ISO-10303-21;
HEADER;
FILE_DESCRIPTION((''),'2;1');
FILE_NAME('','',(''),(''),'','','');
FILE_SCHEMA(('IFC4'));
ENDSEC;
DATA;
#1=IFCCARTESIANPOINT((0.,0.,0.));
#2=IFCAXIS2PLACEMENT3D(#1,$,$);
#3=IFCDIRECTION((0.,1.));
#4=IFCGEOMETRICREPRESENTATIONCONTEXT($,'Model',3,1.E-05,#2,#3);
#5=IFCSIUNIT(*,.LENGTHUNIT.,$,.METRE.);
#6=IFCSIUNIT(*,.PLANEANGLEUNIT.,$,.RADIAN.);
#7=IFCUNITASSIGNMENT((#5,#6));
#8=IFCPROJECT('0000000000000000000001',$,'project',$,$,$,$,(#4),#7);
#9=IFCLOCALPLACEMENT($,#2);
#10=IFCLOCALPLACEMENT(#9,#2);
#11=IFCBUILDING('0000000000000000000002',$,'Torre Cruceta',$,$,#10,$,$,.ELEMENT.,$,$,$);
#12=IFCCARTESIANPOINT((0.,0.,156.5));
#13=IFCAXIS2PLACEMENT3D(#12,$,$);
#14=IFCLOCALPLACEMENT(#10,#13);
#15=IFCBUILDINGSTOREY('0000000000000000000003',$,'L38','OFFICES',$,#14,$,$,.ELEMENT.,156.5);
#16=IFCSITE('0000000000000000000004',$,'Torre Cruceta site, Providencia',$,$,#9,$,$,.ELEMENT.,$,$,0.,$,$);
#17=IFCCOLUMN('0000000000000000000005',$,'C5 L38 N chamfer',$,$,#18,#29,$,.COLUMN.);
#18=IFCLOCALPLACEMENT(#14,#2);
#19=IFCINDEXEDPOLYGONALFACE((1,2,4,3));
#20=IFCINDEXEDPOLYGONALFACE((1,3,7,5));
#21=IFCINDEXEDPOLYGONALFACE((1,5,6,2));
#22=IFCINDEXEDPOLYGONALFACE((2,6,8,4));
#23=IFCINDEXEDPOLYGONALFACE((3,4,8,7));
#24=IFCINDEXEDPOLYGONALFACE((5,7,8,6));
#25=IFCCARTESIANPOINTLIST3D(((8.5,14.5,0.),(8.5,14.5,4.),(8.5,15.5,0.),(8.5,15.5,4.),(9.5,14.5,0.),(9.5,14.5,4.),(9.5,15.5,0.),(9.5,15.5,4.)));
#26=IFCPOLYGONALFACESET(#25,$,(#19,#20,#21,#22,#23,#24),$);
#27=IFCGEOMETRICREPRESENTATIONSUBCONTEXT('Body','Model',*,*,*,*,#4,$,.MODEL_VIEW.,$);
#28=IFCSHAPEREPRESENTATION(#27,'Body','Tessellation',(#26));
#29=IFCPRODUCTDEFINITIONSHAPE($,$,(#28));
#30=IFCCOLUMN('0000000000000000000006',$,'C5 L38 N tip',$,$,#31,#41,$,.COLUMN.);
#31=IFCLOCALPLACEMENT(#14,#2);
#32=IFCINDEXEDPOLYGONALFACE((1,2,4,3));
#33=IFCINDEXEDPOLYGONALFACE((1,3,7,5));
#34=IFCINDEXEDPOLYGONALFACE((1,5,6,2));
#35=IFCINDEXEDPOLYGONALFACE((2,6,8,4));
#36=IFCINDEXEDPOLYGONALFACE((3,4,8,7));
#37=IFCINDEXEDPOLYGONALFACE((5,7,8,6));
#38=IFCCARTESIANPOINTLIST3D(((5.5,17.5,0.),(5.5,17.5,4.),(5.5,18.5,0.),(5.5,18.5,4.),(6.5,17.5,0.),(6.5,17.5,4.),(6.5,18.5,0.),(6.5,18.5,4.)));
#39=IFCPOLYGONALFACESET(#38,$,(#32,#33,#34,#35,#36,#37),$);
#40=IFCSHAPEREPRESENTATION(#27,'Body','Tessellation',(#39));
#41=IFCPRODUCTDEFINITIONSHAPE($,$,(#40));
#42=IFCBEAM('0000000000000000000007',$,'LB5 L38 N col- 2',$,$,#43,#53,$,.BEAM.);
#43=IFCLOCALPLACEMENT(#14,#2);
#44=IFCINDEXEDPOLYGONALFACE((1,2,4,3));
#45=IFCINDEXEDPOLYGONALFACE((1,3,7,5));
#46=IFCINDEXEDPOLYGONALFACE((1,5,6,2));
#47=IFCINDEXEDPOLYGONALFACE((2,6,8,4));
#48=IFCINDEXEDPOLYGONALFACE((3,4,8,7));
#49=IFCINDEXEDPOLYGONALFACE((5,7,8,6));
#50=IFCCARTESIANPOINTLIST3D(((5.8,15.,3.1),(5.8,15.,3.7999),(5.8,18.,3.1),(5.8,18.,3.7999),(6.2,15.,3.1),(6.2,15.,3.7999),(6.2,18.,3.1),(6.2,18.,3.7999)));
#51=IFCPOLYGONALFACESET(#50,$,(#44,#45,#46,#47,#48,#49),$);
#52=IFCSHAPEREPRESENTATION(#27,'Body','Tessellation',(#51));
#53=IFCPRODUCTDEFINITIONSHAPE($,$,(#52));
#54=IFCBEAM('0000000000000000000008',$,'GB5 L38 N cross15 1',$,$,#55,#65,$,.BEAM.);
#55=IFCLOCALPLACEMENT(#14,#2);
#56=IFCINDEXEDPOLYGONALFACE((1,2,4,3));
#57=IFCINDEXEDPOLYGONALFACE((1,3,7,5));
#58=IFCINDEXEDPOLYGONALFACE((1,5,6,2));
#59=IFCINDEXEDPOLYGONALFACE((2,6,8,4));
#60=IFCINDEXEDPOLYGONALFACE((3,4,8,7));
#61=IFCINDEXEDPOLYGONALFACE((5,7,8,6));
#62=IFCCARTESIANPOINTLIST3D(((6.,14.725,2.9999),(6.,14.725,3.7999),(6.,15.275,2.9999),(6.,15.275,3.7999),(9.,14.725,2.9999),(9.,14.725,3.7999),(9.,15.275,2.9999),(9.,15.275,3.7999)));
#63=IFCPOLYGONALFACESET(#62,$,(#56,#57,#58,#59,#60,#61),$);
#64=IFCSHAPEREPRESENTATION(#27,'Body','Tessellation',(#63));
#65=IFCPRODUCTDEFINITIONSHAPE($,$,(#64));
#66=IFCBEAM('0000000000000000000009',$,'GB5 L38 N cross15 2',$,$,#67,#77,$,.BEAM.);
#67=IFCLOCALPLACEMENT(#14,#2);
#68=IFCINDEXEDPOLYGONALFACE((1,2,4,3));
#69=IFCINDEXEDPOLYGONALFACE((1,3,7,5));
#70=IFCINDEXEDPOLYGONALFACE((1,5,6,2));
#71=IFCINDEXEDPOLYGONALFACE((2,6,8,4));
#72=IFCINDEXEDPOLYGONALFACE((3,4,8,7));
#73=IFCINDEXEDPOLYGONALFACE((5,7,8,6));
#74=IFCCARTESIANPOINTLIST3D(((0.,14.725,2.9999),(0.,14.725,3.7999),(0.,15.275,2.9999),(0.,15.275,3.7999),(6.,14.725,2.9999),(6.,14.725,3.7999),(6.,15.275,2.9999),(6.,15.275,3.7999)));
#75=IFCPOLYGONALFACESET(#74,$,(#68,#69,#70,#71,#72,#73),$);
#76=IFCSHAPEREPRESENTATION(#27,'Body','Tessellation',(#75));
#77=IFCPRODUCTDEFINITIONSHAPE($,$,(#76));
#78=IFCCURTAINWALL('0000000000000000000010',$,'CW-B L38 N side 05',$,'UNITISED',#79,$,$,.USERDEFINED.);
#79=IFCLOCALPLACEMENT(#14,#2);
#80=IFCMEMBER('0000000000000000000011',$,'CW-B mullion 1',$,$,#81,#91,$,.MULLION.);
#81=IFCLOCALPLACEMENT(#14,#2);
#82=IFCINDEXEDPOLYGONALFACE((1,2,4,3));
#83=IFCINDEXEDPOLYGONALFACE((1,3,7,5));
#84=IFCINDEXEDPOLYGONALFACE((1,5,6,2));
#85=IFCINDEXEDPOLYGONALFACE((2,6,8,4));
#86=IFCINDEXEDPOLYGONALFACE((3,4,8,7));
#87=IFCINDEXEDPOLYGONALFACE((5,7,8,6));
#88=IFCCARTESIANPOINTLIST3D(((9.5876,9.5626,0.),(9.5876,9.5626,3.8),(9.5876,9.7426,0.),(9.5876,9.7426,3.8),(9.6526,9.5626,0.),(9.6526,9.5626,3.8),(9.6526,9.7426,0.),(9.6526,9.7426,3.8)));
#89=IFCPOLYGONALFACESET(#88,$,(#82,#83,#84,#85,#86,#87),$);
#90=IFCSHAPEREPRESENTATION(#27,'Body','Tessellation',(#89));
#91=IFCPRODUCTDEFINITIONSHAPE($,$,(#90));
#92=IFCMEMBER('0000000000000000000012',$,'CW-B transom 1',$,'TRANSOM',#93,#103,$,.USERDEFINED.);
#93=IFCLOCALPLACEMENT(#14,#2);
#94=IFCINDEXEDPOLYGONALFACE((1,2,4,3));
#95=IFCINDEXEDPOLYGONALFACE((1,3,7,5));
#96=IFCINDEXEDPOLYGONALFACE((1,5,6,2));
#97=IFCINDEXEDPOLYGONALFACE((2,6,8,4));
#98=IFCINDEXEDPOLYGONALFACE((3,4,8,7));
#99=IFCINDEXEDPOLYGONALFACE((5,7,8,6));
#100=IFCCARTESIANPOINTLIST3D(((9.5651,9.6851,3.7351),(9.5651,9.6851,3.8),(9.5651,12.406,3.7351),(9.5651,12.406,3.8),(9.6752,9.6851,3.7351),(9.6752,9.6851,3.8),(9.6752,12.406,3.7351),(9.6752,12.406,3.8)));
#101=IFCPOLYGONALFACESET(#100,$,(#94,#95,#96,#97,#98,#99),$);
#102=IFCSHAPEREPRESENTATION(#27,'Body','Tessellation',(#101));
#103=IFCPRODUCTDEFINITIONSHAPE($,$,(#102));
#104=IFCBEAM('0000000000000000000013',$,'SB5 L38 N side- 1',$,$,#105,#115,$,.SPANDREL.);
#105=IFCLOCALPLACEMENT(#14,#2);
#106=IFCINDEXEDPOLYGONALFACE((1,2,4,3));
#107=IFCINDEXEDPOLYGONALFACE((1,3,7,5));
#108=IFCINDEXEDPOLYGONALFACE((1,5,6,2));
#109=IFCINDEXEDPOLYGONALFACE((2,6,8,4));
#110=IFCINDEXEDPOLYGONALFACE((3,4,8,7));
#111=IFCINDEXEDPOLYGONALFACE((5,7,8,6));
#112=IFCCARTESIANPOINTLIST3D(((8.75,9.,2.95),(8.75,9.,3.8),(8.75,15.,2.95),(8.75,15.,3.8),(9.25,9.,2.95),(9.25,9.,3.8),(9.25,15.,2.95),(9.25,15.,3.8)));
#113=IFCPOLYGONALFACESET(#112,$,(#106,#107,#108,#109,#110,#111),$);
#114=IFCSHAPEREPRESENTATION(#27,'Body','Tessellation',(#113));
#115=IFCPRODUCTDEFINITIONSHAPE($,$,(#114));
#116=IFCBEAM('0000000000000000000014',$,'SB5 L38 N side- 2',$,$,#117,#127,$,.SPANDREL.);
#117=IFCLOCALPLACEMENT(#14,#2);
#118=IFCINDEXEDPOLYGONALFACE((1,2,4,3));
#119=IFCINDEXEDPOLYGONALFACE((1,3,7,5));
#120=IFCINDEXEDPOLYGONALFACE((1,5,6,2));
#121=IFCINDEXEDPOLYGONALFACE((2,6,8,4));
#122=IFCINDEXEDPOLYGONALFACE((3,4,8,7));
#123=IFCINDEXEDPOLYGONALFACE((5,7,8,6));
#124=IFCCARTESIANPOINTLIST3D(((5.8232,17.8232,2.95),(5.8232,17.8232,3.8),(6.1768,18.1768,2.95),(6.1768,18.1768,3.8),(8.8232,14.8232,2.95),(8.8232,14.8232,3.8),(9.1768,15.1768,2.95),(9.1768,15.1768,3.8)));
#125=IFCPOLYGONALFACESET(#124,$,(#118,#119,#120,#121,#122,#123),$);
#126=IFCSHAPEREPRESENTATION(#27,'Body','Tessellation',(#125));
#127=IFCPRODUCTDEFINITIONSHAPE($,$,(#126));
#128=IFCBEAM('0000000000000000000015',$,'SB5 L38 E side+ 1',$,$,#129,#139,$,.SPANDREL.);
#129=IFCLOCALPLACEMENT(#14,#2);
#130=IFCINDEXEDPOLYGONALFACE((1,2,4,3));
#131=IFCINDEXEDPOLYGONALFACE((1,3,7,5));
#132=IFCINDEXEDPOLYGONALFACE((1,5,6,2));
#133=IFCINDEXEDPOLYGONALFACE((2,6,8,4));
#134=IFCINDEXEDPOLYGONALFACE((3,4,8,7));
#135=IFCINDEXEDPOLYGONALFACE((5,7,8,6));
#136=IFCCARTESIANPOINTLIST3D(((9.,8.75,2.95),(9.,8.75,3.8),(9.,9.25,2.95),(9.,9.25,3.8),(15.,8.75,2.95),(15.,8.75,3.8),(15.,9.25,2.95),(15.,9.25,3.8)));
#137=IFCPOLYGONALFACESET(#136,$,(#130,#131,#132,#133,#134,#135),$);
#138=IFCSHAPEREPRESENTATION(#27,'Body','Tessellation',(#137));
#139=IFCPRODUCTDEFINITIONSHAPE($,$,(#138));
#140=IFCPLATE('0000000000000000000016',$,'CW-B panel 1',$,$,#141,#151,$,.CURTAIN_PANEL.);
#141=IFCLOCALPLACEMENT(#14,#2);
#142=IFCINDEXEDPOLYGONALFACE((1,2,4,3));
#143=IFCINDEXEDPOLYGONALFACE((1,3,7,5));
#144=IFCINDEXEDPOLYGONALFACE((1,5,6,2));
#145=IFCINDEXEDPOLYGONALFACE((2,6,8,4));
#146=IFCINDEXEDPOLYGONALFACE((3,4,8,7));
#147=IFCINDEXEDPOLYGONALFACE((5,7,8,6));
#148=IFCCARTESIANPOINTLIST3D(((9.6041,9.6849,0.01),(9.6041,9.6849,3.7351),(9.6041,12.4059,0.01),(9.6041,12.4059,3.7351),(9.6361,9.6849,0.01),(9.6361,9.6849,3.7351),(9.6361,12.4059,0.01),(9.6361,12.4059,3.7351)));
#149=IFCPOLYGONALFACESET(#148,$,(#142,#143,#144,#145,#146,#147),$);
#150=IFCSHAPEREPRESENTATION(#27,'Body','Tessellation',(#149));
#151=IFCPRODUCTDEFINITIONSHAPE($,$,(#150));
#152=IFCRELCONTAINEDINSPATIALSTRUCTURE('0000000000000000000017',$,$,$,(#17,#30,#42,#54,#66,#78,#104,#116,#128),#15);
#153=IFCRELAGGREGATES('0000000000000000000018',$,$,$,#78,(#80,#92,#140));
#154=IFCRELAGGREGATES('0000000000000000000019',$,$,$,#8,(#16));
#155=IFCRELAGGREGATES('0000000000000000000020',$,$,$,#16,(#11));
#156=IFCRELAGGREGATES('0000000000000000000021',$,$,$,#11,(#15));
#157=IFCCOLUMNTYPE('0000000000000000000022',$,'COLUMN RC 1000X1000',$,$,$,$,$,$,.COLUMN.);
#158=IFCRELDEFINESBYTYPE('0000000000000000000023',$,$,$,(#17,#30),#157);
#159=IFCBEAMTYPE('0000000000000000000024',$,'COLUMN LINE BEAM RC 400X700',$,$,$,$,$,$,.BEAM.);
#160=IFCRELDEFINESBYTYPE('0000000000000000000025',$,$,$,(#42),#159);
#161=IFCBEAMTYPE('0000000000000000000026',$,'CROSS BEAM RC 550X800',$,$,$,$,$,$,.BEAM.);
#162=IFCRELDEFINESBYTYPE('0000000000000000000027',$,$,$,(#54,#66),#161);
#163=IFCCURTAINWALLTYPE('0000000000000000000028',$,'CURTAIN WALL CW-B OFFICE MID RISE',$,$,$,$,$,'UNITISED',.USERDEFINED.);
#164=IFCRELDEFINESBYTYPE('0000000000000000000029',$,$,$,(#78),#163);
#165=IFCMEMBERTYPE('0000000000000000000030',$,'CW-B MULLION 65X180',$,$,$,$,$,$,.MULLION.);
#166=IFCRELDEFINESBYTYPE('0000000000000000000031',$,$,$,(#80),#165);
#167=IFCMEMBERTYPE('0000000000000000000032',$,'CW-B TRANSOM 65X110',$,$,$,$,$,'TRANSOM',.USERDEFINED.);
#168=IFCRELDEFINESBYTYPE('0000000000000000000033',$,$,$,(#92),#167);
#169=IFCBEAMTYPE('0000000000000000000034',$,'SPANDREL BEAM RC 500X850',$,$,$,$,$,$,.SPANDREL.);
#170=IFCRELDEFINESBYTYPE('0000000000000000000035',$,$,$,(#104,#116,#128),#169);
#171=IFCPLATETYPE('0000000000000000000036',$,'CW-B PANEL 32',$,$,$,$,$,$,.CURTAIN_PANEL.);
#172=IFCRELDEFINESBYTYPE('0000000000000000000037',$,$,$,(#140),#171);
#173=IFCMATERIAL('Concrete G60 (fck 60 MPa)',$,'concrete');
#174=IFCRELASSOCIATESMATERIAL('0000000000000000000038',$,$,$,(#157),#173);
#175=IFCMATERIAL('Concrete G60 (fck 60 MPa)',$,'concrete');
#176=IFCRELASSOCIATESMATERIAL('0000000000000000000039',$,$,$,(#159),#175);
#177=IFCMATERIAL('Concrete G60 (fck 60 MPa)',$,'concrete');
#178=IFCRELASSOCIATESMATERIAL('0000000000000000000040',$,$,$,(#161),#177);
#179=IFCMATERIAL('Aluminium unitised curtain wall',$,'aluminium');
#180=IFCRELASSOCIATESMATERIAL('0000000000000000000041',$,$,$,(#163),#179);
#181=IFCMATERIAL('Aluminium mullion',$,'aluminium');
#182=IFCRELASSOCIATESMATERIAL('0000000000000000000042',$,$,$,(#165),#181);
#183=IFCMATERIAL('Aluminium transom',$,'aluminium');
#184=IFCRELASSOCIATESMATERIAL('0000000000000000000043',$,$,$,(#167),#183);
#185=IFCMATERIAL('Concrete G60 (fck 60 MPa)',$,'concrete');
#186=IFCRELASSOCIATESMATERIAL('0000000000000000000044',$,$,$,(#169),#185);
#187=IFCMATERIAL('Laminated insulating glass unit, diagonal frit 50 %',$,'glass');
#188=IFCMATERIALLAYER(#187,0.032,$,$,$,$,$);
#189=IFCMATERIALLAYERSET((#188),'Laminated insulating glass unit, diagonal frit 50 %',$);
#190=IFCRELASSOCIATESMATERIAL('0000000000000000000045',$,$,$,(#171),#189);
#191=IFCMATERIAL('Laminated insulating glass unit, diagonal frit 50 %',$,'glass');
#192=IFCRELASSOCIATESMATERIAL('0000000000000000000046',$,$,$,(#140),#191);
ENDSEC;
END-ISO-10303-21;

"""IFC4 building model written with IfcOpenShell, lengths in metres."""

from ifc_helpers import new_model, si_unit, direction, frame, origin, origin_2d, place, context, subcontext, project, spatial, rectangle, extrude, material, layer, layer_set, material_profile, profile_set, type_object, element, aggregate, save


model = new_model("IFC4")

# Units and contexts
model_context = context("Model", 3, precision=1e-05, world=origin(), true_north=direction((0.0, 1.0)))
body_context = subcontext(model_context, "Body", "Model", "MODEL_VIEW")
ifc_project = project(units=[si_unit("LENGTHUNIT", "METRE"), si_unit("PLANEANGLEUNIT", "RADIAN")], contexts=[model_context])

# Site, building, storey
site_placement = place(None, origin())
site = spatial("IfcSite", under=ifc_project, at=site_placement, Name="Torre Cruceta site, Providencia", CompositionType="ELEMENT", RefElevation=0.0)
building_placement = place(site_placement, origin())
building = spatial("IfcBuilding", under=site, at=building_placement, Name="Torre Cruceta", CompositionType="ELEMENT")
storey_placement = place(building_placement, frame((0.0, 0.0, 156.5)))
storey = spatial("IfcBuildingStorey", under=building, at=storey_placement, Name="L38", Description="OFFICES", CompositionType="ELEMENT", Elevation=156.5)

# Columns
ifc_material_1 = material(Name="Concrete G60 (fck 60 MPa)", Category="concrete")
ifc_material_profile_1 = material_profile(ifc_material_1, rectangle(XDim=1.0, YDim=1.0, at=origin_2d()), Name="RC 1000X1000")
ifc_profile_set_1 = profile_set([ifc_material_profile_1], Name="Concrete G60 (fck 60 MPa)")
column_type = type_object("IfcColumnType", Name="COLUMN RC 1000X1000", PredefinedType="COLUMN", material=ifc_profile_set_1)
for number, where, z_axis, x_axis, name in (
    (1, (9.0, 15.0, 0.0), (0.0, 0.0, 1.0), (1.0, 0.0, 0.0), "C5 L38 N chamfer"),
    (2, (6.0, 18.0, 0.0), (0.0, 0.0, 1.0), (1.0, 0.0, 0.0), "C5 L38 N tip"),
):
    element("IfcColumn", number, at=place(storey_placement, frame(where, z_axis=z_axis, x_axis=x_axis)), inside=storey, type_object=column_type, Name=name, PredefinedType="COLUMN", context=body_context, shape_type="SweptSolid", body=[
        extrude(rectangle(XDim=1.0, YDim=1.0, at=origin_2d()), origin(), (0.0, 0.0, 1.0), 4.0),
    ])

# Beams
ifc_material_2 = material(Name="Concrete G60 (fck 60 MPa)", Category="concrete")
ifc_material_profile_2 = material_profile(ifc_material_2, rectangle(XDim=0.3999, YDim=0.7, at=origin_2d()), Name="RC 400X700")
ifc_profile_set_2 = profile_set([ifc_material_profile_2], Name="Concrete G60 (fck 60 MPa)")
beam_type_1 = type_object("IfcBeamType", Name="COLUMN LINE BEAM RC 400X700", PredefinedType="BEAM", material=ifc_profile_set_2)
beam_1_placement = place(storey_placement, frame((6.0, 15.0, 3.45), z_axis=(0.0, 1.0, 0.0), x_axis=(-1.0, 0.0, 0.0)))
element("IfcBeam", 3, at=beam_1_placement, inside=storey, type_object=beam_type_1, Name="LB5 L38 N col- 2", PredefinedType="BEAM", context=body_context, shape_type="SweptSolid", body=[
    extrude(rectangle(XDim=0.3999, YDim=0.7, at=origin_2d()), origin(), (0.0, 0.0, 1.0), 3.0),
])
ifc_material_3 = material(Name="Concrete G60 (fck 60 MPa)", Category="concrete")
ifc_material_profile_3 = material_profile(ifc_material_3, rectangle(XDim=0.55, YDim=0.8, at=origin_2d()), Name="RC 550X800")
ifc_profile_set_3 = profile_set([ifc_material_profile_3], Name="Concrete G60 (fck 60 MPa)")
beam_type_2 = type_object("IfcBeamType", Name="CROSS BEAM RC 550X800", PredefinedType="BEAM", material=ifc_profile_set_3)
beam_2_placement = place(storey_placement, frame((9.0, 15.0, 3.3999), z_axis=(-1.0, 0.0, 0.0), x_axis=(0.0, -1.0, 0.0)))
element("IfcBeam", 4, at=beam_2_placement, inside=storey, type_object=beam_type_2, Name="GB5 L38 N cross15 1", PredefinedType="BEAM", context=body_context, shape_type="SweptSolid", body=[
    extrude(rectangle(XDim=0.55, YDim=0.8, at=origin_2d()), origin(), (0.0, 0.0, 1.0), 3.0),
])
beam_3_placement = place(storey_placement, frame((6.0, 15.0, 3.3999), z_axis=(-1.0, 0.0, 0.0), x_axis=(0.0, -1.0, 0.0)))
element("IfcBeam", 5, at=beam_3_placement, inside=storey, type_object=beam_type_2, Name="GB5 L38 N cross15 2", PredefinedType="BEAM", context=body_context, shape_type="SweptSolid", body=[
    extrude(rectangle(XDim=0.55, YDim=0.8, at=origin_2d()), origin(), (0.0, 0.0, 1.0), 6.0),
])

# Curtain wall, members
ifc_material_4 = material(Name="Aluminium unitised curtain wall", Category="aluminium")
curtain_wall_type = type_object("IfcCurtainWallType", Name="CURTAIN WALL CW-B OFFICE MID RISE", ElementType="UNITISED", PredefinedType="USERDEFINED", material=ifc_material_4)
curtain_wall_placement = place(storey_placement, origin())
curtain_wall = element("IfcCurtainWall", 6, at=curtain_wall_placement, inside=storey, type_object=curtain_wall_type, Name="CW-B L38 N side 05", ObjectType="UNITISED", PredefinedType="USERDEFINED")
ifc_material_5 = material(Name="Aluminium mullion", Category="aluminium")
ifc_material_profile_4 = material_profile(ifc_material_5, rectangle(XDim=0.0649, YDim=0.1799, at=origin_2d()), Name="AL 65X180")
ifc_profile_set_4 = profile_set([ifc_material_profile_4], Name="Aluminium mullion")
member_type_1 = type_object("IfcMemberType", Name="CW-B MULLION 65X180", PredefinedType="MULLION", material=ifc_profile_set_4)
member_1_placement = place(storey_placement, frame((9.6201, 9.6526, 0.0), z_axis=(0.0, 0.0, 1.0), x_axis=(-1.0, 0.0, 0.0)))
member_1 = element("IfcMember", 7, at=member_1_placement, type_object=member_type_1, Name="CW-B mullion 1", PredefinedType="MULLION", context=body_context, shape_type="SweptSolid", body=[
    extrude(rectangle(XDim=0.0649, YDim=0.1799, at=origin_2d()), origin(), (0.0, 0.0, 1.0), 3.8),
])
ifc_material_6 = material(Name="Aluminium transom", Category="aluminium")
ifc_material_profile_5 = material_profile(ifc_material_6, rectangle(XDim=0.1101, YDim=0.0649, at=origin_2d()), Name="AL 110X65")
ifc_profile_set_5 = profile_set([ifc_material_profile_5], Name="Aluminium transom")
member_type_2 = type_object("IfcMemberType", Name="CW-B TRANSOM 65X110", ElementType="TRANSOM", PredefinedType="USERDEFINED", material=ifc_profile_set_5)
member_2_placement = place(storey_placement, frame((9.6201, 9.6851, 3.7676), z_axis=(0.0, 1.0, 0.0), x_axis=(-1.0, 0.0, 0.0)))
member_2 = element("IfcMember", 8, at=member_2_placement, type_object=member_type_2, Name="CW-B transom 1", ObjectType="TRANSOM", PredefinedType="USERDEFINED", context=body_context, shape_type="SweptSolid", body=[
    extrude(rectangle(XDim=0.1101, YDim=0.0649, at=origin_2d()), origin(), (0.0, 0.0, 1.0), 2.7209),
])

# Beams
ifc_material_7 = material(Name="Concrete G60 (fck 60 MPa)", Category="concrete")
ifc_material_profile_6 = material_profile(ifc_material_7, rectangle(XDim=0.5, YDim=0.8501, at=origin_2d()), Name="RC 500X850")
ifc_profile_set_6 = profile_set([ifc_material_profile_6], Name="Concrete G60 (fck 60 MPa)")
beam_type_3 = type_object("IfcBeamType", Name="SPANDREL BEAM RC 500X850", PredefinedType="SPANDREL", material=ifc_profile_set_6)
beam_4_placement = place(storey_placement, frame((9.0, 9.0, 3.375), z_axis=(0.0, 1.0, 0.0), x_axis=(-1.0, 0.0, 0.0)))
element("IfcBeam", 9, at=beam_4_placement, inside=storey, type_object=beam_type_3, Name="SB5 L38 N side- 1", PredefinedType="SPANDREL", context=body_context, shape_type="SweptSolid", body=[
    extrude(rectangle(XDim=0.5, YDim=0.8501, at=origin_2d()), origin(), (0.0, 0.0, 1.0), 6.0),
])
beam_5_placement = place(storey_placement, frame((9.0, 15.0, 3.375), z_axis=(-0.707107, 0.707107, 0.0), x_axis=(-0.707107, -0.707107, 0.0)))
element("IfcBeam", 10, at=beam_5_placement, inside=storey, type_object=beam_type_3, Name="SB5 L38 N side- 2", PredefinedType="SPANDREL", context=body_context, shape_type="SweptSolid", body=[
    extrude(rectangle(XDim=0.5, YDim=0.8501, at=origin_2d()), origin(), (0.0, 0.0, 1.0), 4.2427),
])
beam_6_placement = place(storey_placement, frame((9.0, 9.0, 3.375), z_axis=(1.0, 0.0, 0.0), x_axis=(0.0, 1.0, 0.0)))
element("IfcBeam", 11, at=beam_6_placement, inside=storey, type_object=beam_type_3, Name="SB5 L38 E side+ 1", PredefinedType="SPANDREL", context=body_context, shape_type="SweptSolid", body=[
    extrude(rectangle(XDim=0.5, YDim=0.8501, at=origin_2d()), origin(), (0.0, 0.0, 1.0), 6.0),
])

# Plate
ifc_material_8 = material(Name="Laminated insulating glass unit, diagonal frit 50 %", Category="glass")
ifc_material_9 = material(Name="Laminated insulating glass unit, diagonal frit 50 %", Category="glass")
ifc_layer_1 = layer(ifc_material_9, 0.032)
ifc_layer_set_1 = layer_set([ifc_layer_1], Name="Laminated insulating glass unit, diagonal frit 50 %")
plate_type = type_object("IfcPlateType", Name="CW-B PANEL 32", PredefinedType="CURTAIN_PANEL", material=ifc_layer_set_1)
plate_placement = place(storey_placement, frame((9.6201, 11.0454, 0.01), z_axis=(0.0, 0.0, 1.0), x_axis=(0.0, 1.0, 0.0)))
plate = element("IfcPlate", 12, at=plate_placement, type_object=plate_type, material=ifc_material_8, Name="CW-B panel 1", PredefinedType="CURTAIN_PANEL", context=body_context, shape_type="SweptSolid", body=[
    extrude(rectangle(XDim=2.7209, YDim=0.032, at=origin_2d()), origin(), (0.0, 0.0, 1.0), 3.7251),
])
aggregate(curtain_wall, [member_1, member_2, plate])

save(model, "model.ifc")
